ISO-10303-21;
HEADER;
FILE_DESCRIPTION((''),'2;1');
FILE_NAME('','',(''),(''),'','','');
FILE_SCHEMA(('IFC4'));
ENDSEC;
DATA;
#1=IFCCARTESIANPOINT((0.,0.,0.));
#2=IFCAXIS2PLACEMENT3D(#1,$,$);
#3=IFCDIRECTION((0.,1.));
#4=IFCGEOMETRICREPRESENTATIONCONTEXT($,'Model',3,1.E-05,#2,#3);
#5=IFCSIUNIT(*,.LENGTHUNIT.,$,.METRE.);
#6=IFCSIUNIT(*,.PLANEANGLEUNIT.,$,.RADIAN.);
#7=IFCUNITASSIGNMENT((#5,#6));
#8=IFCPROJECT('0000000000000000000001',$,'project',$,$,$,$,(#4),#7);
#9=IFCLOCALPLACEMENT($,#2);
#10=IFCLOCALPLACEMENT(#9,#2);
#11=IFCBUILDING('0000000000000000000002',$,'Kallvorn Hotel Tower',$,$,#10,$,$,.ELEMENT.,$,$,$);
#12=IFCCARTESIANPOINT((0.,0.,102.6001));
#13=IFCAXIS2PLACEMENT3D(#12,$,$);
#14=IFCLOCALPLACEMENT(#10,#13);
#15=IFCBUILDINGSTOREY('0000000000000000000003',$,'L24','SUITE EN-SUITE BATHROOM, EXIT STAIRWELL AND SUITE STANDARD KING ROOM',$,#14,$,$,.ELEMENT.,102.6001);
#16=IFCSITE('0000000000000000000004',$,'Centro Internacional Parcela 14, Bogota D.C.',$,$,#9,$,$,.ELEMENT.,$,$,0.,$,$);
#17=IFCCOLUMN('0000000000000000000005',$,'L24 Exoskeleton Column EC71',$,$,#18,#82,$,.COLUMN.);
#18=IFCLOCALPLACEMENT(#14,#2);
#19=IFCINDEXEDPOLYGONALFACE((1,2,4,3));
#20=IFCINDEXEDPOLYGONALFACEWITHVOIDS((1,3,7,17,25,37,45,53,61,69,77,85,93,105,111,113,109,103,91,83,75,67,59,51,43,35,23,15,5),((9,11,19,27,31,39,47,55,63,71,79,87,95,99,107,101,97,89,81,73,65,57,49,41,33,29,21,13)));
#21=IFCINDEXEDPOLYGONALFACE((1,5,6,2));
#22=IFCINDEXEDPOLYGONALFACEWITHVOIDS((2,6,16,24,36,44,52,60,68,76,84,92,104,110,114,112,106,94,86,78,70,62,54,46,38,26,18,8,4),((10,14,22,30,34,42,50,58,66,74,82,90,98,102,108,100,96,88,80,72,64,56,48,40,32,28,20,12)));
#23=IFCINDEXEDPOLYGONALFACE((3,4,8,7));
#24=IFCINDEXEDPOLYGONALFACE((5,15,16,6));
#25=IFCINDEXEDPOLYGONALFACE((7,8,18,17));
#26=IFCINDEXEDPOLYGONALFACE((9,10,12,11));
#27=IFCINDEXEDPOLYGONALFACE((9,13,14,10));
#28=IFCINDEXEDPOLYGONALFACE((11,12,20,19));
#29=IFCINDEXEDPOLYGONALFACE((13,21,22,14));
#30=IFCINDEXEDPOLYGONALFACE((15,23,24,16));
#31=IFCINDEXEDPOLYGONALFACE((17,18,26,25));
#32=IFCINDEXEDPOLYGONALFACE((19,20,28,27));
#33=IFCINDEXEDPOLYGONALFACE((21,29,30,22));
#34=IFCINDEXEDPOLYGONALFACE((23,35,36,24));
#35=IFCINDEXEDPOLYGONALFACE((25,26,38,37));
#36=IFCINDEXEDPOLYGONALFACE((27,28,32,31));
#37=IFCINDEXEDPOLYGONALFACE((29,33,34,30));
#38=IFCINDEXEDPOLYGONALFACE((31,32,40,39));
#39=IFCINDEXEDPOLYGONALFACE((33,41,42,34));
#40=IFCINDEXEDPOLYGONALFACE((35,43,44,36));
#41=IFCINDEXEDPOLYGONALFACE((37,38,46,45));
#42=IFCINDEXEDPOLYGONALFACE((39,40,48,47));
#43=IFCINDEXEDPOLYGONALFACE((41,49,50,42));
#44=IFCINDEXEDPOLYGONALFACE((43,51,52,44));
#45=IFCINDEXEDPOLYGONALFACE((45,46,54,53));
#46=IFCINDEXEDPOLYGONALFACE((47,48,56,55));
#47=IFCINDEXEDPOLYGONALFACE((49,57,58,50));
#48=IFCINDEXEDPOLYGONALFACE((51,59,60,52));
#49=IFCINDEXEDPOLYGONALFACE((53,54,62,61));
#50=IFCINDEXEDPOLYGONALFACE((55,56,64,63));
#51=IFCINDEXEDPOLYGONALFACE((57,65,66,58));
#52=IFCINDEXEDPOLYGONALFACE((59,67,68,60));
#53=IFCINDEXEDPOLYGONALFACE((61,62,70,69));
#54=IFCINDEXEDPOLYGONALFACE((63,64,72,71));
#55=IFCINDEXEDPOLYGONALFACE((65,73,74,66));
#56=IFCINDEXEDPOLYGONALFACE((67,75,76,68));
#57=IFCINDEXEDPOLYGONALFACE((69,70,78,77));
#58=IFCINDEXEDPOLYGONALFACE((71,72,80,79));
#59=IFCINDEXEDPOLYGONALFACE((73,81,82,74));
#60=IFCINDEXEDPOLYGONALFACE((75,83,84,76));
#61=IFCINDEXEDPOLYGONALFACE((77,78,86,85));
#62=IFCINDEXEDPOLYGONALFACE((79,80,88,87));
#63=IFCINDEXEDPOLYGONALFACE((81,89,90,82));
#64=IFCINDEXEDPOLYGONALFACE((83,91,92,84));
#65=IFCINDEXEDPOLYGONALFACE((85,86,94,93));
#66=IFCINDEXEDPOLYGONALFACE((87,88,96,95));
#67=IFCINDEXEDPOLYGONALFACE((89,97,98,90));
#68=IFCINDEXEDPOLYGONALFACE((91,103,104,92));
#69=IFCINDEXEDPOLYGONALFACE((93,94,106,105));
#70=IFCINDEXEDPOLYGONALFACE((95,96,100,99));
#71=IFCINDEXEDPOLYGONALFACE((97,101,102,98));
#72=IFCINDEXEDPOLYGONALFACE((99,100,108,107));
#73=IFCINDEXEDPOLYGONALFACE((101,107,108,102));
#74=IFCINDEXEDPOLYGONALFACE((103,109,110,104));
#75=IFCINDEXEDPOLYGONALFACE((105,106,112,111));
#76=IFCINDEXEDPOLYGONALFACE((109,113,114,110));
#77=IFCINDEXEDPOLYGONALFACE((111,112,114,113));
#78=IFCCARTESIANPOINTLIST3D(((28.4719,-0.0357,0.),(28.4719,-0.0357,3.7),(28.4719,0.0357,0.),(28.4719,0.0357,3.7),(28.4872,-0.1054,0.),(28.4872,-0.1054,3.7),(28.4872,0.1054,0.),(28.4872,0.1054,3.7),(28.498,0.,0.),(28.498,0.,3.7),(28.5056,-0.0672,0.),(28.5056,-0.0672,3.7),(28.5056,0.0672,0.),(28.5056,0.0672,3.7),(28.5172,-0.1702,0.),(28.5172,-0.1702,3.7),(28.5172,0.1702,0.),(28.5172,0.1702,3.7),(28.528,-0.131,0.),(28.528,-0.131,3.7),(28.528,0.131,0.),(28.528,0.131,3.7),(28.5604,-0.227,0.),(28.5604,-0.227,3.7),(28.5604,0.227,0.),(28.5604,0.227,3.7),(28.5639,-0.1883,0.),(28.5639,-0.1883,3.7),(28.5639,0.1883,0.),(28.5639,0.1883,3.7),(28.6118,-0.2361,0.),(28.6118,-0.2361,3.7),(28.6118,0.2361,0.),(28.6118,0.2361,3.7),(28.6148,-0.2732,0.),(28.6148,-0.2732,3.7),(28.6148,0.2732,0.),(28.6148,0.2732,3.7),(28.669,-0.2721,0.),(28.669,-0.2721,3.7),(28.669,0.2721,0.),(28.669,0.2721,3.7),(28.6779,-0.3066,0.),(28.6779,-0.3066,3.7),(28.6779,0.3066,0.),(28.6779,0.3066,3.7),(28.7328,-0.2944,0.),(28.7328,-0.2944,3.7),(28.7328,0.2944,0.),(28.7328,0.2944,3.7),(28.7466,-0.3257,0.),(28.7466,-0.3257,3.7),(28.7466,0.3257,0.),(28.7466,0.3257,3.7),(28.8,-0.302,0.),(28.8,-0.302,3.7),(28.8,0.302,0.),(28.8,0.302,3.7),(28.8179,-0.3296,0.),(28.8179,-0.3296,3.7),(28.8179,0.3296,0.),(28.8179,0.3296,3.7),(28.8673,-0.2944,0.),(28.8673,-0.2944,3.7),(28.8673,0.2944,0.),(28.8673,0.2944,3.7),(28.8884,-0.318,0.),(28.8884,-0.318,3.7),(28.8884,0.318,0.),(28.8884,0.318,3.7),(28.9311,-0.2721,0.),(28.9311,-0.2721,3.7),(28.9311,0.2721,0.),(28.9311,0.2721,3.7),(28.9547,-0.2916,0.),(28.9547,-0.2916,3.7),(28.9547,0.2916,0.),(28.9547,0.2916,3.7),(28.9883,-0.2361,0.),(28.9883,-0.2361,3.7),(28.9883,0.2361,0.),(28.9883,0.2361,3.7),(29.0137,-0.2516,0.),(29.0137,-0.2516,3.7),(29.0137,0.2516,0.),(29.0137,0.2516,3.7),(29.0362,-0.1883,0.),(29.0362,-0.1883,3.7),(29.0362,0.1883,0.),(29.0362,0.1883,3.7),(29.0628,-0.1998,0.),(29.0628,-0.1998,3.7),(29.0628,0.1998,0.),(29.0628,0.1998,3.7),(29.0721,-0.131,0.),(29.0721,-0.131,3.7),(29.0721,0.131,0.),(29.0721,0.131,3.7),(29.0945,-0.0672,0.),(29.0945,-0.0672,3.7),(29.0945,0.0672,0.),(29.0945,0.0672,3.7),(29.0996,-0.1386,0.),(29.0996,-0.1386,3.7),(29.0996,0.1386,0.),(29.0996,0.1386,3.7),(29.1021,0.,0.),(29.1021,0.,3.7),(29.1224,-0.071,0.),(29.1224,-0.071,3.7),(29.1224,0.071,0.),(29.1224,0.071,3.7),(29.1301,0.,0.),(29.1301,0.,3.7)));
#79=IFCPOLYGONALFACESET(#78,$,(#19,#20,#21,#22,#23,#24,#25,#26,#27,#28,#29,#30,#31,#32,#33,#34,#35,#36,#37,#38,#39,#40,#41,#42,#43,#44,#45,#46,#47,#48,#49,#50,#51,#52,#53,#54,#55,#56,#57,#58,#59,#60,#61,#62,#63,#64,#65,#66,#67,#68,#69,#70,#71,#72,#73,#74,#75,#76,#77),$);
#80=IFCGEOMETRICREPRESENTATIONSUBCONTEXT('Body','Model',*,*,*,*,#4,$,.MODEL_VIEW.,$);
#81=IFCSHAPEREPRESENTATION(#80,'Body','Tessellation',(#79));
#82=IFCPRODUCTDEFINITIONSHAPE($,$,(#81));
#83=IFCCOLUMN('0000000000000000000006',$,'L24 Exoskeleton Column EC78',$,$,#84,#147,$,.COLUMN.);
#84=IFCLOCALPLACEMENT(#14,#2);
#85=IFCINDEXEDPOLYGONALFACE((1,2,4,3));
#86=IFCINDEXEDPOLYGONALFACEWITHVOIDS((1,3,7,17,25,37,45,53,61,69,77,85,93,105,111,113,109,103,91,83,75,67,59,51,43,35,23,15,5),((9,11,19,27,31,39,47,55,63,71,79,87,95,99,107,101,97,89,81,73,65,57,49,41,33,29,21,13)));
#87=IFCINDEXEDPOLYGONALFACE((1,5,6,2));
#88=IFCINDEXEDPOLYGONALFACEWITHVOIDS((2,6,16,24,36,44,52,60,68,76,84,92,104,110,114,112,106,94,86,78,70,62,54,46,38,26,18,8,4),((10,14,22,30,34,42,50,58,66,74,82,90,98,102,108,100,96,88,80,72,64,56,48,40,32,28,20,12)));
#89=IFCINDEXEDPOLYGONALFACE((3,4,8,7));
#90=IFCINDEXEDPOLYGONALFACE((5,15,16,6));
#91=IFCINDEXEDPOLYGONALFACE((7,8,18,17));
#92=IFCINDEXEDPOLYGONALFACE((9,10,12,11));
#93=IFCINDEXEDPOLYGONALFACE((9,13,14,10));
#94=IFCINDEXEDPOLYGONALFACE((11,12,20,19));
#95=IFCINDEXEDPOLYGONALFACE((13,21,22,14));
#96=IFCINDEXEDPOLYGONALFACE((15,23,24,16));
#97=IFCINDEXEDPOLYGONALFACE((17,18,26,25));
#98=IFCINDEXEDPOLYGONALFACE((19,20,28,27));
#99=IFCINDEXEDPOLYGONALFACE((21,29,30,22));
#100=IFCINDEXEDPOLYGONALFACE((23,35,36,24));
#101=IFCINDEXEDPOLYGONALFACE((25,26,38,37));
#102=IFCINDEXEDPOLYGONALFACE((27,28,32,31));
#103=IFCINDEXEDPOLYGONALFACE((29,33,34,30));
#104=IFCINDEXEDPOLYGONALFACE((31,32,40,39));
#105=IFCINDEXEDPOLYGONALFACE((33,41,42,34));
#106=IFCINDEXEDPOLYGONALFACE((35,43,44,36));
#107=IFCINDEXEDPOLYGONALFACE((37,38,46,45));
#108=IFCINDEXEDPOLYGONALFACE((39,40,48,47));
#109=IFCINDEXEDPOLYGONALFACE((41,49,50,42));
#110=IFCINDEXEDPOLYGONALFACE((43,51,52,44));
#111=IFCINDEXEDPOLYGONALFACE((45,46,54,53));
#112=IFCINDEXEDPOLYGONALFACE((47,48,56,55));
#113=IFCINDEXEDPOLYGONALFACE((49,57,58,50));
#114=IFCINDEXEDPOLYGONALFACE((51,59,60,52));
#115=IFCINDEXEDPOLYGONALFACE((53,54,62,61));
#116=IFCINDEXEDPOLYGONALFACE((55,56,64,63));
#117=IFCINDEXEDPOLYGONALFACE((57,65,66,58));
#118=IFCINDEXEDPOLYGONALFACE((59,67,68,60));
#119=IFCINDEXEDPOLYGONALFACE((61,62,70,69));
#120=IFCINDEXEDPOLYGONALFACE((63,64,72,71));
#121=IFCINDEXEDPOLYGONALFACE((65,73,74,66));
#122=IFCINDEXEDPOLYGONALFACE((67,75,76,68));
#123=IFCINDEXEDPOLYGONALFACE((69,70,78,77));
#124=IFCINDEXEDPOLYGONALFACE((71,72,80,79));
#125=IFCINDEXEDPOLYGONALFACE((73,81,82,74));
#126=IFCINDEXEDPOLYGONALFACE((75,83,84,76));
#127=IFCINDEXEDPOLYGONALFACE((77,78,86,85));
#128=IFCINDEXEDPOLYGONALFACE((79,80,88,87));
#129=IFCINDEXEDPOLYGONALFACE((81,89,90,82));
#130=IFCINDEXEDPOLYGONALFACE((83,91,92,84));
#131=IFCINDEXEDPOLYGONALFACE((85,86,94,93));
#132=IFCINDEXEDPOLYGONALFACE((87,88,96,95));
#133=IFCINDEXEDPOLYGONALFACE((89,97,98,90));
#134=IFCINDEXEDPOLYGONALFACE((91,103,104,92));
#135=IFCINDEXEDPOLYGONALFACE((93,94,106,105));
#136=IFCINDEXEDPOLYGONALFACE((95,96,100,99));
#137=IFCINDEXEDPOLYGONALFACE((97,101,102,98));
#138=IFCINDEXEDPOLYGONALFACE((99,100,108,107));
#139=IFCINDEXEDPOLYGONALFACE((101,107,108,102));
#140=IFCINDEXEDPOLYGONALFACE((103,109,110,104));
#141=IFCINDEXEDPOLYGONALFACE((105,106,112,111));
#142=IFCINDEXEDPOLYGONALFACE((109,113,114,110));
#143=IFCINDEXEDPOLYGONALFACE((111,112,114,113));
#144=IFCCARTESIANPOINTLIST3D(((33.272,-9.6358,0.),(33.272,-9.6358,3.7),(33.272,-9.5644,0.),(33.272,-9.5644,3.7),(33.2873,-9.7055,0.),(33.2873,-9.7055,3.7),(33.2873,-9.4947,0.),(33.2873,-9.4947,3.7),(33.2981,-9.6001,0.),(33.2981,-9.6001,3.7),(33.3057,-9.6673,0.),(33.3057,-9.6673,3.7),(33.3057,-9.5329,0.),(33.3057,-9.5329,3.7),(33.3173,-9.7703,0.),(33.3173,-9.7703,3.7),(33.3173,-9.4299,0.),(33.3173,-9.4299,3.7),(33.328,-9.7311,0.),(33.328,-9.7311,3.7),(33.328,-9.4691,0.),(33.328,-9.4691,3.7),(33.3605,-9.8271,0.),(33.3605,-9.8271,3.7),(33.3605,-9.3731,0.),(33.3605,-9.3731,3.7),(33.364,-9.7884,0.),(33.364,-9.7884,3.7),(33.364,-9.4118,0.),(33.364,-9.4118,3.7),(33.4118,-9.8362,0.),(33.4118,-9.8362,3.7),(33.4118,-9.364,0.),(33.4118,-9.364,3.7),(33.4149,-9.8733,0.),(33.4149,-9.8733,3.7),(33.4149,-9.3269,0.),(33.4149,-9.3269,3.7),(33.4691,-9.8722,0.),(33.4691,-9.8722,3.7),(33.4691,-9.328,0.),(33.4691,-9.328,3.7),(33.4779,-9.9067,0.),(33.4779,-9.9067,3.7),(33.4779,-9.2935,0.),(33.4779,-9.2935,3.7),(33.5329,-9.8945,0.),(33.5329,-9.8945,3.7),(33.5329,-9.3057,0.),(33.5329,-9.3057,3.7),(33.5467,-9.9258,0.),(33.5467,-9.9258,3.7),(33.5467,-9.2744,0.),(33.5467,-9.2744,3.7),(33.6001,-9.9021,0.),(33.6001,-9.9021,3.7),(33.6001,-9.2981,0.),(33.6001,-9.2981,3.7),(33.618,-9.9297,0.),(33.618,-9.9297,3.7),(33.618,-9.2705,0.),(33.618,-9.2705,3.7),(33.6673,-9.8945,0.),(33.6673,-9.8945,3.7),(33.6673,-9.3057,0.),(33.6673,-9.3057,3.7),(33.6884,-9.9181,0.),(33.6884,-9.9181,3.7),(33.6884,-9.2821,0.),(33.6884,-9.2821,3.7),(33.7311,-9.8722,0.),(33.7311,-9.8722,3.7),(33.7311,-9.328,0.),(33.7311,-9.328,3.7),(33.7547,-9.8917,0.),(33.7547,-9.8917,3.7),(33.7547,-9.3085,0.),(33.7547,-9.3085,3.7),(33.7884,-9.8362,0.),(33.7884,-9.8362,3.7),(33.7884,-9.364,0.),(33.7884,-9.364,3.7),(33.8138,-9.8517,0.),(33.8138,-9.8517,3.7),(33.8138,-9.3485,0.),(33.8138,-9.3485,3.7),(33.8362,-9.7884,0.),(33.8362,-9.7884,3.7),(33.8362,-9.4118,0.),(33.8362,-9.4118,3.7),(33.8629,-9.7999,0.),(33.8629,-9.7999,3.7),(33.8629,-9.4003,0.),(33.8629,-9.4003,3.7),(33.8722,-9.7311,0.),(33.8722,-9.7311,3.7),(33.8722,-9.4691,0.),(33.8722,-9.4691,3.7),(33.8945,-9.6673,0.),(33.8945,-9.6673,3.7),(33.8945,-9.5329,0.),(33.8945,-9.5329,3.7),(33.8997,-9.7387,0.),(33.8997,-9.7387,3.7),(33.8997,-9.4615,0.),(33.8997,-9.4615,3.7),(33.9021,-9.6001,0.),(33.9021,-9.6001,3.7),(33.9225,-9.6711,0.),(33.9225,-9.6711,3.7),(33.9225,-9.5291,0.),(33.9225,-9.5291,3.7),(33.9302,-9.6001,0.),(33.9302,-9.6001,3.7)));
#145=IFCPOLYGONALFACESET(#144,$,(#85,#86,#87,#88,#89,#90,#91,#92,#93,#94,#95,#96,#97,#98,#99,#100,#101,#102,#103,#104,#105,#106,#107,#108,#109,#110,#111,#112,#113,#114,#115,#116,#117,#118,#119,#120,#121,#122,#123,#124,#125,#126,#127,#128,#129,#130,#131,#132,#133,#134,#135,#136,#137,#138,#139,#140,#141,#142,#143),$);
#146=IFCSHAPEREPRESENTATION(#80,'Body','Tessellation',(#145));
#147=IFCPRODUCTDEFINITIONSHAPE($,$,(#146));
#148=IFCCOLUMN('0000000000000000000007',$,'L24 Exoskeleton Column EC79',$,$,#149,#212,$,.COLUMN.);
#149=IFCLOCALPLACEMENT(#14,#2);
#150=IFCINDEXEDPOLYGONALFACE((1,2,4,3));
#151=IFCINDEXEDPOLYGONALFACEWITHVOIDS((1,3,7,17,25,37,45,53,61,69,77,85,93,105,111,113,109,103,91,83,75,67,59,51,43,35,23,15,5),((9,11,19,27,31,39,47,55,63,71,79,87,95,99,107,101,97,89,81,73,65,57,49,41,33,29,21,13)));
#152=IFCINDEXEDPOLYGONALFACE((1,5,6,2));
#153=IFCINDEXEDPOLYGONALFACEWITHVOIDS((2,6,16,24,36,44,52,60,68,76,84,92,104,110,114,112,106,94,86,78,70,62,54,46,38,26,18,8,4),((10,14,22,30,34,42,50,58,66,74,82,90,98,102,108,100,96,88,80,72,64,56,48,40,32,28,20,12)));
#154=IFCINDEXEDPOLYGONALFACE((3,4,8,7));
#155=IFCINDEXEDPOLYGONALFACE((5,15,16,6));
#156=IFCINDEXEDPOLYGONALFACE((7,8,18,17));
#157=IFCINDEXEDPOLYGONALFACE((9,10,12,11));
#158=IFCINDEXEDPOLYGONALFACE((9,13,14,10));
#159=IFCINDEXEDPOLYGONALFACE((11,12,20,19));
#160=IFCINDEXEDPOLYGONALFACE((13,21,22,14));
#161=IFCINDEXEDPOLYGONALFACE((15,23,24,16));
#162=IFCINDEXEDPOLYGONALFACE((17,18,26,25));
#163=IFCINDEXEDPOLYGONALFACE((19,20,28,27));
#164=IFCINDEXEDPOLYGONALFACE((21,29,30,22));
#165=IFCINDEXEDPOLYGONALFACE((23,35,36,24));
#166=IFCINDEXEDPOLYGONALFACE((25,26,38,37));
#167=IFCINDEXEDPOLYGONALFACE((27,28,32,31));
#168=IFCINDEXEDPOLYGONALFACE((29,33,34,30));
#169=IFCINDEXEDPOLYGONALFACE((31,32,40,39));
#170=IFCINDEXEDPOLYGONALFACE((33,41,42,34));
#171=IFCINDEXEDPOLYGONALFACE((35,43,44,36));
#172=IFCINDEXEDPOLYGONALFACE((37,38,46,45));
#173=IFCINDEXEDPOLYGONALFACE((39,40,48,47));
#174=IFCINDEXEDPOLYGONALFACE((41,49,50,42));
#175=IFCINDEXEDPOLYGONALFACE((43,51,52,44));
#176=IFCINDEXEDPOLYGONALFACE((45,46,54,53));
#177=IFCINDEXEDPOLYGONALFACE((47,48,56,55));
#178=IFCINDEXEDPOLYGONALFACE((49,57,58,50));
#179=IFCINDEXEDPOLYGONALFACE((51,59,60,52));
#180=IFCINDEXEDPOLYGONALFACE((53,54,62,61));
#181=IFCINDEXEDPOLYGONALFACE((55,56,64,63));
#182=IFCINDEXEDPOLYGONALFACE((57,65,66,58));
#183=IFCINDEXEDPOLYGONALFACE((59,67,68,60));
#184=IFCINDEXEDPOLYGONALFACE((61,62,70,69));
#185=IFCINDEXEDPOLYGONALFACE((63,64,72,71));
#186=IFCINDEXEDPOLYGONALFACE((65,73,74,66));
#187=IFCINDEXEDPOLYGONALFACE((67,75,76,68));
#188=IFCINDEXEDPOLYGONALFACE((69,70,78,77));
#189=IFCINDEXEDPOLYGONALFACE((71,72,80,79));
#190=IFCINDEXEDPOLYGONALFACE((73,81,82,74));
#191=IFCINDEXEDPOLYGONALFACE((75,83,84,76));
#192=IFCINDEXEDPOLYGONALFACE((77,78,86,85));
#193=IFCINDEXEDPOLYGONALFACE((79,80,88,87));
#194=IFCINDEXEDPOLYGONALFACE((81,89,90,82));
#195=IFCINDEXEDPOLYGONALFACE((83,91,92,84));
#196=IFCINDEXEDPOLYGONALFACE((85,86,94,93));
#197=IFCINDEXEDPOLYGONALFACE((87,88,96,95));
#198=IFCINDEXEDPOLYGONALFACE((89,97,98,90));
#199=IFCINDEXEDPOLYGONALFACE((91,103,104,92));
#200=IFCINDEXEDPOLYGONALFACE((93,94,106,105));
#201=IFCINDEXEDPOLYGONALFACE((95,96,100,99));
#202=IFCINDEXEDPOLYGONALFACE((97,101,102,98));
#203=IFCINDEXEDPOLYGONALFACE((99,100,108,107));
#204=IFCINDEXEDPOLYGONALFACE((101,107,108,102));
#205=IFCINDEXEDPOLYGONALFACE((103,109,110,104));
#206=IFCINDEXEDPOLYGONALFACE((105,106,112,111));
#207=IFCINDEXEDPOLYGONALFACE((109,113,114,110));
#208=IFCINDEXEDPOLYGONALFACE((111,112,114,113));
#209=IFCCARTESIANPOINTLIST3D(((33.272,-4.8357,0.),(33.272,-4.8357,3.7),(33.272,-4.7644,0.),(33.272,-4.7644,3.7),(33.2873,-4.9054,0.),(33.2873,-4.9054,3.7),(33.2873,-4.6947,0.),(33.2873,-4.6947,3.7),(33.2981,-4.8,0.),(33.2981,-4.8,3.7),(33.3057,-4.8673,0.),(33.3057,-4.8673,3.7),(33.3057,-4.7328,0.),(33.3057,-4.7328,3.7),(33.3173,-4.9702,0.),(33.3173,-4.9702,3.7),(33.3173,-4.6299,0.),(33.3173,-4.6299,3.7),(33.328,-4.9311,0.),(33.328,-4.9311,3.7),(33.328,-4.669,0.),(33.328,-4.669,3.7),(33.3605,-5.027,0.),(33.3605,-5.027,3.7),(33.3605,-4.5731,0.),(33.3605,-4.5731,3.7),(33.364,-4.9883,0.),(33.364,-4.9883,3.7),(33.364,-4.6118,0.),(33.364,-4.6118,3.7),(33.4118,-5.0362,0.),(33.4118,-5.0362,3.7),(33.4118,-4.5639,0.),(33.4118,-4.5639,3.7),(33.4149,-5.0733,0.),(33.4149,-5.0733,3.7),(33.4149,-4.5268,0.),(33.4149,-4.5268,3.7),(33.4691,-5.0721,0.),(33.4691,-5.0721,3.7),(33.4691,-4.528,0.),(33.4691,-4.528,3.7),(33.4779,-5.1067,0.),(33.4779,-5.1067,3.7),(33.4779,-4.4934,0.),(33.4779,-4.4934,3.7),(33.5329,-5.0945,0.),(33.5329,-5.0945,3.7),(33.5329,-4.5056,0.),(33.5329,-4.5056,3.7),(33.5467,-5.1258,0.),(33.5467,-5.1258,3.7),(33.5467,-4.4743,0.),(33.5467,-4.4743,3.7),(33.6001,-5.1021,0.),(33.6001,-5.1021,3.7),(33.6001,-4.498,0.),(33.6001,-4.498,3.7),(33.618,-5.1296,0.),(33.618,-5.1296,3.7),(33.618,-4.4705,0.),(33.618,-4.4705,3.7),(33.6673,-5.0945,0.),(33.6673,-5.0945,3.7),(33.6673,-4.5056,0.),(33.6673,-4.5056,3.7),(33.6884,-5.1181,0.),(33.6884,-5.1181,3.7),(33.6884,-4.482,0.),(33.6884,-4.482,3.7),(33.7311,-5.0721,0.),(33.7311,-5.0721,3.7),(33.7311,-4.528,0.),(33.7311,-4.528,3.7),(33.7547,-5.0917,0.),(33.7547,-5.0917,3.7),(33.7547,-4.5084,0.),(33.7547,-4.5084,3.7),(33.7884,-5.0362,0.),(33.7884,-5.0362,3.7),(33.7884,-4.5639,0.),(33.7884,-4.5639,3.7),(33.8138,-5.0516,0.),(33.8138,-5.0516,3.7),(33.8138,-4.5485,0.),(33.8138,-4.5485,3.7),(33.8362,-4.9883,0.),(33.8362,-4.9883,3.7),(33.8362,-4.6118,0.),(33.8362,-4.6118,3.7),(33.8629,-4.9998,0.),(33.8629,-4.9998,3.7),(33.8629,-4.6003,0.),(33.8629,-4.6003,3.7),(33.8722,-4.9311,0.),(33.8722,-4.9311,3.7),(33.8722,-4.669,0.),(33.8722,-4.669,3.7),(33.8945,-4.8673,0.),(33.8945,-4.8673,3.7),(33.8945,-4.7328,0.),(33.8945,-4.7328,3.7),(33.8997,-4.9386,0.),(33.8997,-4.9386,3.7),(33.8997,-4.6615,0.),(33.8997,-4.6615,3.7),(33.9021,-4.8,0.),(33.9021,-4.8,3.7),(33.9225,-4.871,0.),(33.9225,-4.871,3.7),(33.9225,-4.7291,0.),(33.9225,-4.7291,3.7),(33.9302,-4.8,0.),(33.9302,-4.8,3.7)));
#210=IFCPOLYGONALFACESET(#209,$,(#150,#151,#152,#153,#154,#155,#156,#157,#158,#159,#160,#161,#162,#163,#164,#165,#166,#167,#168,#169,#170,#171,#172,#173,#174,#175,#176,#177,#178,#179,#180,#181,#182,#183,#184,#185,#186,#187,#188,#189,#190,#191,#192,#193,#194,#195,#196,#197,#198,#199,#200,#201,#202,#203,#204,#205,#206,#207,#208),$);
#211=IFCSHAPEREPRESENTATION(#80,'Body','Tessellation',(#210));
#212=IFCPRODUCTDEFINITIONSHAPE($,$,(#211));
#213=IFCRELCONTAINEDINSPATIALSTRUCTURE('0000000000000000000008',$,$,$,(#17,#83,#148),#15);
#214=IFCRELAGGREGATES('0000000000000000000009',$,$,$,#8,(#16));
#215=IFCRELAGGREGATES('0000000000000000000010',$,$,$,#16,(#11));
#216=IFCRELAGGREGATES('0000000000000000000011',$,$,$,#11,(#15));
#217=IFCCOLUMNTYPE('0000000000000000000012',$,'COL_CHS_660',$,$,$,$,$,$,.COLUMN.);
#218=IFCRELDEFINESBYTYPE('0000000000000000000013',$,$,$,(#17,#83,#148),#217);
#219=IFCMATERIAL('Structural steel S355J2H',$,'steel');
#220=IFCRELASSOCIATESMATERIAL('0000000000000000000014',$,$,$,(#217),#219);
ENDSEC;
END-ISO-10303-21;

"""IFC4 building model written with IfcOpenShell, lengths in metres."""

from ifc_helpers import new_model, si_unit, direction, frame, origin, origin_2d, place, context, subcontext, project, spatial, hollow_circle, extrude, material, material_profile, profile_set, type_object, element, save


model = new_model("IFC4")

# Units and contexts
model_context = context("Model", 3, precision=1e-05, world=origin(), true_north=direction((0.0, 1.0)))
body_context = subcontext(model_context, "Body", "Model", "MODEL_VIEW")
ifc_project = project(units=[si_unit("LENGTHUNIT", "METRE"), si_unit("PLANEANGLEUNIT", "RADIAN")], contexts=[model_context])

# Site, building, storey
site_placement = place(None, origin())
site = spatial("IfcSite", under=ifc_project, at=site_placement, Name="Centro Internacional Parcela 14, Bogota D.C.", CompositionType="ELEMENT", RefElevation=0.0)
building_placement = place(site_placement, origin())
building = spatial("IfcBuilding", under=site, at=building_placement, Name="Kallvorn Hotel Tower", CompositionType="ELEMENT")
storey_placement = place(building_placement, frame((0.0, 0.0, 102.6001)))
storey = spatial("IfcBuildingStorey", under=building, at=storey_placement, Name="L24", Description="SUITE EN-SUITE BATHROOM, EXIT STAIRWELL AND SUITE STANDARD KING ROOM", CompositionType="ELEMENT", Elevation=102.6001)

# Columns
ifc_material_1 = material(Name="Structural steel S355J2H", Category="steel")
ifc_material_profile_1 = material_profile(ifc_material_1, hollow_circle(Radius=0.3301, WallThickness=0.0281, at=origin_2d()), Name="CHS 660x28")
ifc_profile_set_1 = profile_set([ifc_material_profile_1], Name="Structural steel S355J2H")
column_type_1 = type_object("IfcColumnType", Name="COL_CHS_660", PredefinedType="COLUMN", material=ifc_profile_set_1)
for number, where, z_axis, x_axis, name in (
    (1, (28.8, 0.0, 0.0), (0.0, 0.0, 1.0), (1.0, 0.0, 0.0), "L24 Exoskeleton Column EC71"),
    (2, (33.6001, -9.6001, 0.0), (0.0, 0.0, 1.0), (1.0, 0.0, 0.0), "L24 Exoskeleton Column EC78"),
    (3, (33.6001, -4.8, 0.0), (0.0, 0.0, 1.0), (1.0, 0.0, 0.0), "L24 Exoskeleton Column EC79"),
):
    element("IfcColumn", number, at=place(storey_placement, frame(where, z_axis=z_axis, x_axis=x_axis)), inside=storey, type_object=column_type_1, Name=name, PredefinedType="COLUMN", context=body_context, shape_type="SweptSolid", body=[
        extrude(hollow_circle(Radius=0.3301, WallThickness=0.0281, at=origin_2d()), origin(), (0.0, 0.0, 1.0), 3.7),
    ])

save(model, "model.ifc")
